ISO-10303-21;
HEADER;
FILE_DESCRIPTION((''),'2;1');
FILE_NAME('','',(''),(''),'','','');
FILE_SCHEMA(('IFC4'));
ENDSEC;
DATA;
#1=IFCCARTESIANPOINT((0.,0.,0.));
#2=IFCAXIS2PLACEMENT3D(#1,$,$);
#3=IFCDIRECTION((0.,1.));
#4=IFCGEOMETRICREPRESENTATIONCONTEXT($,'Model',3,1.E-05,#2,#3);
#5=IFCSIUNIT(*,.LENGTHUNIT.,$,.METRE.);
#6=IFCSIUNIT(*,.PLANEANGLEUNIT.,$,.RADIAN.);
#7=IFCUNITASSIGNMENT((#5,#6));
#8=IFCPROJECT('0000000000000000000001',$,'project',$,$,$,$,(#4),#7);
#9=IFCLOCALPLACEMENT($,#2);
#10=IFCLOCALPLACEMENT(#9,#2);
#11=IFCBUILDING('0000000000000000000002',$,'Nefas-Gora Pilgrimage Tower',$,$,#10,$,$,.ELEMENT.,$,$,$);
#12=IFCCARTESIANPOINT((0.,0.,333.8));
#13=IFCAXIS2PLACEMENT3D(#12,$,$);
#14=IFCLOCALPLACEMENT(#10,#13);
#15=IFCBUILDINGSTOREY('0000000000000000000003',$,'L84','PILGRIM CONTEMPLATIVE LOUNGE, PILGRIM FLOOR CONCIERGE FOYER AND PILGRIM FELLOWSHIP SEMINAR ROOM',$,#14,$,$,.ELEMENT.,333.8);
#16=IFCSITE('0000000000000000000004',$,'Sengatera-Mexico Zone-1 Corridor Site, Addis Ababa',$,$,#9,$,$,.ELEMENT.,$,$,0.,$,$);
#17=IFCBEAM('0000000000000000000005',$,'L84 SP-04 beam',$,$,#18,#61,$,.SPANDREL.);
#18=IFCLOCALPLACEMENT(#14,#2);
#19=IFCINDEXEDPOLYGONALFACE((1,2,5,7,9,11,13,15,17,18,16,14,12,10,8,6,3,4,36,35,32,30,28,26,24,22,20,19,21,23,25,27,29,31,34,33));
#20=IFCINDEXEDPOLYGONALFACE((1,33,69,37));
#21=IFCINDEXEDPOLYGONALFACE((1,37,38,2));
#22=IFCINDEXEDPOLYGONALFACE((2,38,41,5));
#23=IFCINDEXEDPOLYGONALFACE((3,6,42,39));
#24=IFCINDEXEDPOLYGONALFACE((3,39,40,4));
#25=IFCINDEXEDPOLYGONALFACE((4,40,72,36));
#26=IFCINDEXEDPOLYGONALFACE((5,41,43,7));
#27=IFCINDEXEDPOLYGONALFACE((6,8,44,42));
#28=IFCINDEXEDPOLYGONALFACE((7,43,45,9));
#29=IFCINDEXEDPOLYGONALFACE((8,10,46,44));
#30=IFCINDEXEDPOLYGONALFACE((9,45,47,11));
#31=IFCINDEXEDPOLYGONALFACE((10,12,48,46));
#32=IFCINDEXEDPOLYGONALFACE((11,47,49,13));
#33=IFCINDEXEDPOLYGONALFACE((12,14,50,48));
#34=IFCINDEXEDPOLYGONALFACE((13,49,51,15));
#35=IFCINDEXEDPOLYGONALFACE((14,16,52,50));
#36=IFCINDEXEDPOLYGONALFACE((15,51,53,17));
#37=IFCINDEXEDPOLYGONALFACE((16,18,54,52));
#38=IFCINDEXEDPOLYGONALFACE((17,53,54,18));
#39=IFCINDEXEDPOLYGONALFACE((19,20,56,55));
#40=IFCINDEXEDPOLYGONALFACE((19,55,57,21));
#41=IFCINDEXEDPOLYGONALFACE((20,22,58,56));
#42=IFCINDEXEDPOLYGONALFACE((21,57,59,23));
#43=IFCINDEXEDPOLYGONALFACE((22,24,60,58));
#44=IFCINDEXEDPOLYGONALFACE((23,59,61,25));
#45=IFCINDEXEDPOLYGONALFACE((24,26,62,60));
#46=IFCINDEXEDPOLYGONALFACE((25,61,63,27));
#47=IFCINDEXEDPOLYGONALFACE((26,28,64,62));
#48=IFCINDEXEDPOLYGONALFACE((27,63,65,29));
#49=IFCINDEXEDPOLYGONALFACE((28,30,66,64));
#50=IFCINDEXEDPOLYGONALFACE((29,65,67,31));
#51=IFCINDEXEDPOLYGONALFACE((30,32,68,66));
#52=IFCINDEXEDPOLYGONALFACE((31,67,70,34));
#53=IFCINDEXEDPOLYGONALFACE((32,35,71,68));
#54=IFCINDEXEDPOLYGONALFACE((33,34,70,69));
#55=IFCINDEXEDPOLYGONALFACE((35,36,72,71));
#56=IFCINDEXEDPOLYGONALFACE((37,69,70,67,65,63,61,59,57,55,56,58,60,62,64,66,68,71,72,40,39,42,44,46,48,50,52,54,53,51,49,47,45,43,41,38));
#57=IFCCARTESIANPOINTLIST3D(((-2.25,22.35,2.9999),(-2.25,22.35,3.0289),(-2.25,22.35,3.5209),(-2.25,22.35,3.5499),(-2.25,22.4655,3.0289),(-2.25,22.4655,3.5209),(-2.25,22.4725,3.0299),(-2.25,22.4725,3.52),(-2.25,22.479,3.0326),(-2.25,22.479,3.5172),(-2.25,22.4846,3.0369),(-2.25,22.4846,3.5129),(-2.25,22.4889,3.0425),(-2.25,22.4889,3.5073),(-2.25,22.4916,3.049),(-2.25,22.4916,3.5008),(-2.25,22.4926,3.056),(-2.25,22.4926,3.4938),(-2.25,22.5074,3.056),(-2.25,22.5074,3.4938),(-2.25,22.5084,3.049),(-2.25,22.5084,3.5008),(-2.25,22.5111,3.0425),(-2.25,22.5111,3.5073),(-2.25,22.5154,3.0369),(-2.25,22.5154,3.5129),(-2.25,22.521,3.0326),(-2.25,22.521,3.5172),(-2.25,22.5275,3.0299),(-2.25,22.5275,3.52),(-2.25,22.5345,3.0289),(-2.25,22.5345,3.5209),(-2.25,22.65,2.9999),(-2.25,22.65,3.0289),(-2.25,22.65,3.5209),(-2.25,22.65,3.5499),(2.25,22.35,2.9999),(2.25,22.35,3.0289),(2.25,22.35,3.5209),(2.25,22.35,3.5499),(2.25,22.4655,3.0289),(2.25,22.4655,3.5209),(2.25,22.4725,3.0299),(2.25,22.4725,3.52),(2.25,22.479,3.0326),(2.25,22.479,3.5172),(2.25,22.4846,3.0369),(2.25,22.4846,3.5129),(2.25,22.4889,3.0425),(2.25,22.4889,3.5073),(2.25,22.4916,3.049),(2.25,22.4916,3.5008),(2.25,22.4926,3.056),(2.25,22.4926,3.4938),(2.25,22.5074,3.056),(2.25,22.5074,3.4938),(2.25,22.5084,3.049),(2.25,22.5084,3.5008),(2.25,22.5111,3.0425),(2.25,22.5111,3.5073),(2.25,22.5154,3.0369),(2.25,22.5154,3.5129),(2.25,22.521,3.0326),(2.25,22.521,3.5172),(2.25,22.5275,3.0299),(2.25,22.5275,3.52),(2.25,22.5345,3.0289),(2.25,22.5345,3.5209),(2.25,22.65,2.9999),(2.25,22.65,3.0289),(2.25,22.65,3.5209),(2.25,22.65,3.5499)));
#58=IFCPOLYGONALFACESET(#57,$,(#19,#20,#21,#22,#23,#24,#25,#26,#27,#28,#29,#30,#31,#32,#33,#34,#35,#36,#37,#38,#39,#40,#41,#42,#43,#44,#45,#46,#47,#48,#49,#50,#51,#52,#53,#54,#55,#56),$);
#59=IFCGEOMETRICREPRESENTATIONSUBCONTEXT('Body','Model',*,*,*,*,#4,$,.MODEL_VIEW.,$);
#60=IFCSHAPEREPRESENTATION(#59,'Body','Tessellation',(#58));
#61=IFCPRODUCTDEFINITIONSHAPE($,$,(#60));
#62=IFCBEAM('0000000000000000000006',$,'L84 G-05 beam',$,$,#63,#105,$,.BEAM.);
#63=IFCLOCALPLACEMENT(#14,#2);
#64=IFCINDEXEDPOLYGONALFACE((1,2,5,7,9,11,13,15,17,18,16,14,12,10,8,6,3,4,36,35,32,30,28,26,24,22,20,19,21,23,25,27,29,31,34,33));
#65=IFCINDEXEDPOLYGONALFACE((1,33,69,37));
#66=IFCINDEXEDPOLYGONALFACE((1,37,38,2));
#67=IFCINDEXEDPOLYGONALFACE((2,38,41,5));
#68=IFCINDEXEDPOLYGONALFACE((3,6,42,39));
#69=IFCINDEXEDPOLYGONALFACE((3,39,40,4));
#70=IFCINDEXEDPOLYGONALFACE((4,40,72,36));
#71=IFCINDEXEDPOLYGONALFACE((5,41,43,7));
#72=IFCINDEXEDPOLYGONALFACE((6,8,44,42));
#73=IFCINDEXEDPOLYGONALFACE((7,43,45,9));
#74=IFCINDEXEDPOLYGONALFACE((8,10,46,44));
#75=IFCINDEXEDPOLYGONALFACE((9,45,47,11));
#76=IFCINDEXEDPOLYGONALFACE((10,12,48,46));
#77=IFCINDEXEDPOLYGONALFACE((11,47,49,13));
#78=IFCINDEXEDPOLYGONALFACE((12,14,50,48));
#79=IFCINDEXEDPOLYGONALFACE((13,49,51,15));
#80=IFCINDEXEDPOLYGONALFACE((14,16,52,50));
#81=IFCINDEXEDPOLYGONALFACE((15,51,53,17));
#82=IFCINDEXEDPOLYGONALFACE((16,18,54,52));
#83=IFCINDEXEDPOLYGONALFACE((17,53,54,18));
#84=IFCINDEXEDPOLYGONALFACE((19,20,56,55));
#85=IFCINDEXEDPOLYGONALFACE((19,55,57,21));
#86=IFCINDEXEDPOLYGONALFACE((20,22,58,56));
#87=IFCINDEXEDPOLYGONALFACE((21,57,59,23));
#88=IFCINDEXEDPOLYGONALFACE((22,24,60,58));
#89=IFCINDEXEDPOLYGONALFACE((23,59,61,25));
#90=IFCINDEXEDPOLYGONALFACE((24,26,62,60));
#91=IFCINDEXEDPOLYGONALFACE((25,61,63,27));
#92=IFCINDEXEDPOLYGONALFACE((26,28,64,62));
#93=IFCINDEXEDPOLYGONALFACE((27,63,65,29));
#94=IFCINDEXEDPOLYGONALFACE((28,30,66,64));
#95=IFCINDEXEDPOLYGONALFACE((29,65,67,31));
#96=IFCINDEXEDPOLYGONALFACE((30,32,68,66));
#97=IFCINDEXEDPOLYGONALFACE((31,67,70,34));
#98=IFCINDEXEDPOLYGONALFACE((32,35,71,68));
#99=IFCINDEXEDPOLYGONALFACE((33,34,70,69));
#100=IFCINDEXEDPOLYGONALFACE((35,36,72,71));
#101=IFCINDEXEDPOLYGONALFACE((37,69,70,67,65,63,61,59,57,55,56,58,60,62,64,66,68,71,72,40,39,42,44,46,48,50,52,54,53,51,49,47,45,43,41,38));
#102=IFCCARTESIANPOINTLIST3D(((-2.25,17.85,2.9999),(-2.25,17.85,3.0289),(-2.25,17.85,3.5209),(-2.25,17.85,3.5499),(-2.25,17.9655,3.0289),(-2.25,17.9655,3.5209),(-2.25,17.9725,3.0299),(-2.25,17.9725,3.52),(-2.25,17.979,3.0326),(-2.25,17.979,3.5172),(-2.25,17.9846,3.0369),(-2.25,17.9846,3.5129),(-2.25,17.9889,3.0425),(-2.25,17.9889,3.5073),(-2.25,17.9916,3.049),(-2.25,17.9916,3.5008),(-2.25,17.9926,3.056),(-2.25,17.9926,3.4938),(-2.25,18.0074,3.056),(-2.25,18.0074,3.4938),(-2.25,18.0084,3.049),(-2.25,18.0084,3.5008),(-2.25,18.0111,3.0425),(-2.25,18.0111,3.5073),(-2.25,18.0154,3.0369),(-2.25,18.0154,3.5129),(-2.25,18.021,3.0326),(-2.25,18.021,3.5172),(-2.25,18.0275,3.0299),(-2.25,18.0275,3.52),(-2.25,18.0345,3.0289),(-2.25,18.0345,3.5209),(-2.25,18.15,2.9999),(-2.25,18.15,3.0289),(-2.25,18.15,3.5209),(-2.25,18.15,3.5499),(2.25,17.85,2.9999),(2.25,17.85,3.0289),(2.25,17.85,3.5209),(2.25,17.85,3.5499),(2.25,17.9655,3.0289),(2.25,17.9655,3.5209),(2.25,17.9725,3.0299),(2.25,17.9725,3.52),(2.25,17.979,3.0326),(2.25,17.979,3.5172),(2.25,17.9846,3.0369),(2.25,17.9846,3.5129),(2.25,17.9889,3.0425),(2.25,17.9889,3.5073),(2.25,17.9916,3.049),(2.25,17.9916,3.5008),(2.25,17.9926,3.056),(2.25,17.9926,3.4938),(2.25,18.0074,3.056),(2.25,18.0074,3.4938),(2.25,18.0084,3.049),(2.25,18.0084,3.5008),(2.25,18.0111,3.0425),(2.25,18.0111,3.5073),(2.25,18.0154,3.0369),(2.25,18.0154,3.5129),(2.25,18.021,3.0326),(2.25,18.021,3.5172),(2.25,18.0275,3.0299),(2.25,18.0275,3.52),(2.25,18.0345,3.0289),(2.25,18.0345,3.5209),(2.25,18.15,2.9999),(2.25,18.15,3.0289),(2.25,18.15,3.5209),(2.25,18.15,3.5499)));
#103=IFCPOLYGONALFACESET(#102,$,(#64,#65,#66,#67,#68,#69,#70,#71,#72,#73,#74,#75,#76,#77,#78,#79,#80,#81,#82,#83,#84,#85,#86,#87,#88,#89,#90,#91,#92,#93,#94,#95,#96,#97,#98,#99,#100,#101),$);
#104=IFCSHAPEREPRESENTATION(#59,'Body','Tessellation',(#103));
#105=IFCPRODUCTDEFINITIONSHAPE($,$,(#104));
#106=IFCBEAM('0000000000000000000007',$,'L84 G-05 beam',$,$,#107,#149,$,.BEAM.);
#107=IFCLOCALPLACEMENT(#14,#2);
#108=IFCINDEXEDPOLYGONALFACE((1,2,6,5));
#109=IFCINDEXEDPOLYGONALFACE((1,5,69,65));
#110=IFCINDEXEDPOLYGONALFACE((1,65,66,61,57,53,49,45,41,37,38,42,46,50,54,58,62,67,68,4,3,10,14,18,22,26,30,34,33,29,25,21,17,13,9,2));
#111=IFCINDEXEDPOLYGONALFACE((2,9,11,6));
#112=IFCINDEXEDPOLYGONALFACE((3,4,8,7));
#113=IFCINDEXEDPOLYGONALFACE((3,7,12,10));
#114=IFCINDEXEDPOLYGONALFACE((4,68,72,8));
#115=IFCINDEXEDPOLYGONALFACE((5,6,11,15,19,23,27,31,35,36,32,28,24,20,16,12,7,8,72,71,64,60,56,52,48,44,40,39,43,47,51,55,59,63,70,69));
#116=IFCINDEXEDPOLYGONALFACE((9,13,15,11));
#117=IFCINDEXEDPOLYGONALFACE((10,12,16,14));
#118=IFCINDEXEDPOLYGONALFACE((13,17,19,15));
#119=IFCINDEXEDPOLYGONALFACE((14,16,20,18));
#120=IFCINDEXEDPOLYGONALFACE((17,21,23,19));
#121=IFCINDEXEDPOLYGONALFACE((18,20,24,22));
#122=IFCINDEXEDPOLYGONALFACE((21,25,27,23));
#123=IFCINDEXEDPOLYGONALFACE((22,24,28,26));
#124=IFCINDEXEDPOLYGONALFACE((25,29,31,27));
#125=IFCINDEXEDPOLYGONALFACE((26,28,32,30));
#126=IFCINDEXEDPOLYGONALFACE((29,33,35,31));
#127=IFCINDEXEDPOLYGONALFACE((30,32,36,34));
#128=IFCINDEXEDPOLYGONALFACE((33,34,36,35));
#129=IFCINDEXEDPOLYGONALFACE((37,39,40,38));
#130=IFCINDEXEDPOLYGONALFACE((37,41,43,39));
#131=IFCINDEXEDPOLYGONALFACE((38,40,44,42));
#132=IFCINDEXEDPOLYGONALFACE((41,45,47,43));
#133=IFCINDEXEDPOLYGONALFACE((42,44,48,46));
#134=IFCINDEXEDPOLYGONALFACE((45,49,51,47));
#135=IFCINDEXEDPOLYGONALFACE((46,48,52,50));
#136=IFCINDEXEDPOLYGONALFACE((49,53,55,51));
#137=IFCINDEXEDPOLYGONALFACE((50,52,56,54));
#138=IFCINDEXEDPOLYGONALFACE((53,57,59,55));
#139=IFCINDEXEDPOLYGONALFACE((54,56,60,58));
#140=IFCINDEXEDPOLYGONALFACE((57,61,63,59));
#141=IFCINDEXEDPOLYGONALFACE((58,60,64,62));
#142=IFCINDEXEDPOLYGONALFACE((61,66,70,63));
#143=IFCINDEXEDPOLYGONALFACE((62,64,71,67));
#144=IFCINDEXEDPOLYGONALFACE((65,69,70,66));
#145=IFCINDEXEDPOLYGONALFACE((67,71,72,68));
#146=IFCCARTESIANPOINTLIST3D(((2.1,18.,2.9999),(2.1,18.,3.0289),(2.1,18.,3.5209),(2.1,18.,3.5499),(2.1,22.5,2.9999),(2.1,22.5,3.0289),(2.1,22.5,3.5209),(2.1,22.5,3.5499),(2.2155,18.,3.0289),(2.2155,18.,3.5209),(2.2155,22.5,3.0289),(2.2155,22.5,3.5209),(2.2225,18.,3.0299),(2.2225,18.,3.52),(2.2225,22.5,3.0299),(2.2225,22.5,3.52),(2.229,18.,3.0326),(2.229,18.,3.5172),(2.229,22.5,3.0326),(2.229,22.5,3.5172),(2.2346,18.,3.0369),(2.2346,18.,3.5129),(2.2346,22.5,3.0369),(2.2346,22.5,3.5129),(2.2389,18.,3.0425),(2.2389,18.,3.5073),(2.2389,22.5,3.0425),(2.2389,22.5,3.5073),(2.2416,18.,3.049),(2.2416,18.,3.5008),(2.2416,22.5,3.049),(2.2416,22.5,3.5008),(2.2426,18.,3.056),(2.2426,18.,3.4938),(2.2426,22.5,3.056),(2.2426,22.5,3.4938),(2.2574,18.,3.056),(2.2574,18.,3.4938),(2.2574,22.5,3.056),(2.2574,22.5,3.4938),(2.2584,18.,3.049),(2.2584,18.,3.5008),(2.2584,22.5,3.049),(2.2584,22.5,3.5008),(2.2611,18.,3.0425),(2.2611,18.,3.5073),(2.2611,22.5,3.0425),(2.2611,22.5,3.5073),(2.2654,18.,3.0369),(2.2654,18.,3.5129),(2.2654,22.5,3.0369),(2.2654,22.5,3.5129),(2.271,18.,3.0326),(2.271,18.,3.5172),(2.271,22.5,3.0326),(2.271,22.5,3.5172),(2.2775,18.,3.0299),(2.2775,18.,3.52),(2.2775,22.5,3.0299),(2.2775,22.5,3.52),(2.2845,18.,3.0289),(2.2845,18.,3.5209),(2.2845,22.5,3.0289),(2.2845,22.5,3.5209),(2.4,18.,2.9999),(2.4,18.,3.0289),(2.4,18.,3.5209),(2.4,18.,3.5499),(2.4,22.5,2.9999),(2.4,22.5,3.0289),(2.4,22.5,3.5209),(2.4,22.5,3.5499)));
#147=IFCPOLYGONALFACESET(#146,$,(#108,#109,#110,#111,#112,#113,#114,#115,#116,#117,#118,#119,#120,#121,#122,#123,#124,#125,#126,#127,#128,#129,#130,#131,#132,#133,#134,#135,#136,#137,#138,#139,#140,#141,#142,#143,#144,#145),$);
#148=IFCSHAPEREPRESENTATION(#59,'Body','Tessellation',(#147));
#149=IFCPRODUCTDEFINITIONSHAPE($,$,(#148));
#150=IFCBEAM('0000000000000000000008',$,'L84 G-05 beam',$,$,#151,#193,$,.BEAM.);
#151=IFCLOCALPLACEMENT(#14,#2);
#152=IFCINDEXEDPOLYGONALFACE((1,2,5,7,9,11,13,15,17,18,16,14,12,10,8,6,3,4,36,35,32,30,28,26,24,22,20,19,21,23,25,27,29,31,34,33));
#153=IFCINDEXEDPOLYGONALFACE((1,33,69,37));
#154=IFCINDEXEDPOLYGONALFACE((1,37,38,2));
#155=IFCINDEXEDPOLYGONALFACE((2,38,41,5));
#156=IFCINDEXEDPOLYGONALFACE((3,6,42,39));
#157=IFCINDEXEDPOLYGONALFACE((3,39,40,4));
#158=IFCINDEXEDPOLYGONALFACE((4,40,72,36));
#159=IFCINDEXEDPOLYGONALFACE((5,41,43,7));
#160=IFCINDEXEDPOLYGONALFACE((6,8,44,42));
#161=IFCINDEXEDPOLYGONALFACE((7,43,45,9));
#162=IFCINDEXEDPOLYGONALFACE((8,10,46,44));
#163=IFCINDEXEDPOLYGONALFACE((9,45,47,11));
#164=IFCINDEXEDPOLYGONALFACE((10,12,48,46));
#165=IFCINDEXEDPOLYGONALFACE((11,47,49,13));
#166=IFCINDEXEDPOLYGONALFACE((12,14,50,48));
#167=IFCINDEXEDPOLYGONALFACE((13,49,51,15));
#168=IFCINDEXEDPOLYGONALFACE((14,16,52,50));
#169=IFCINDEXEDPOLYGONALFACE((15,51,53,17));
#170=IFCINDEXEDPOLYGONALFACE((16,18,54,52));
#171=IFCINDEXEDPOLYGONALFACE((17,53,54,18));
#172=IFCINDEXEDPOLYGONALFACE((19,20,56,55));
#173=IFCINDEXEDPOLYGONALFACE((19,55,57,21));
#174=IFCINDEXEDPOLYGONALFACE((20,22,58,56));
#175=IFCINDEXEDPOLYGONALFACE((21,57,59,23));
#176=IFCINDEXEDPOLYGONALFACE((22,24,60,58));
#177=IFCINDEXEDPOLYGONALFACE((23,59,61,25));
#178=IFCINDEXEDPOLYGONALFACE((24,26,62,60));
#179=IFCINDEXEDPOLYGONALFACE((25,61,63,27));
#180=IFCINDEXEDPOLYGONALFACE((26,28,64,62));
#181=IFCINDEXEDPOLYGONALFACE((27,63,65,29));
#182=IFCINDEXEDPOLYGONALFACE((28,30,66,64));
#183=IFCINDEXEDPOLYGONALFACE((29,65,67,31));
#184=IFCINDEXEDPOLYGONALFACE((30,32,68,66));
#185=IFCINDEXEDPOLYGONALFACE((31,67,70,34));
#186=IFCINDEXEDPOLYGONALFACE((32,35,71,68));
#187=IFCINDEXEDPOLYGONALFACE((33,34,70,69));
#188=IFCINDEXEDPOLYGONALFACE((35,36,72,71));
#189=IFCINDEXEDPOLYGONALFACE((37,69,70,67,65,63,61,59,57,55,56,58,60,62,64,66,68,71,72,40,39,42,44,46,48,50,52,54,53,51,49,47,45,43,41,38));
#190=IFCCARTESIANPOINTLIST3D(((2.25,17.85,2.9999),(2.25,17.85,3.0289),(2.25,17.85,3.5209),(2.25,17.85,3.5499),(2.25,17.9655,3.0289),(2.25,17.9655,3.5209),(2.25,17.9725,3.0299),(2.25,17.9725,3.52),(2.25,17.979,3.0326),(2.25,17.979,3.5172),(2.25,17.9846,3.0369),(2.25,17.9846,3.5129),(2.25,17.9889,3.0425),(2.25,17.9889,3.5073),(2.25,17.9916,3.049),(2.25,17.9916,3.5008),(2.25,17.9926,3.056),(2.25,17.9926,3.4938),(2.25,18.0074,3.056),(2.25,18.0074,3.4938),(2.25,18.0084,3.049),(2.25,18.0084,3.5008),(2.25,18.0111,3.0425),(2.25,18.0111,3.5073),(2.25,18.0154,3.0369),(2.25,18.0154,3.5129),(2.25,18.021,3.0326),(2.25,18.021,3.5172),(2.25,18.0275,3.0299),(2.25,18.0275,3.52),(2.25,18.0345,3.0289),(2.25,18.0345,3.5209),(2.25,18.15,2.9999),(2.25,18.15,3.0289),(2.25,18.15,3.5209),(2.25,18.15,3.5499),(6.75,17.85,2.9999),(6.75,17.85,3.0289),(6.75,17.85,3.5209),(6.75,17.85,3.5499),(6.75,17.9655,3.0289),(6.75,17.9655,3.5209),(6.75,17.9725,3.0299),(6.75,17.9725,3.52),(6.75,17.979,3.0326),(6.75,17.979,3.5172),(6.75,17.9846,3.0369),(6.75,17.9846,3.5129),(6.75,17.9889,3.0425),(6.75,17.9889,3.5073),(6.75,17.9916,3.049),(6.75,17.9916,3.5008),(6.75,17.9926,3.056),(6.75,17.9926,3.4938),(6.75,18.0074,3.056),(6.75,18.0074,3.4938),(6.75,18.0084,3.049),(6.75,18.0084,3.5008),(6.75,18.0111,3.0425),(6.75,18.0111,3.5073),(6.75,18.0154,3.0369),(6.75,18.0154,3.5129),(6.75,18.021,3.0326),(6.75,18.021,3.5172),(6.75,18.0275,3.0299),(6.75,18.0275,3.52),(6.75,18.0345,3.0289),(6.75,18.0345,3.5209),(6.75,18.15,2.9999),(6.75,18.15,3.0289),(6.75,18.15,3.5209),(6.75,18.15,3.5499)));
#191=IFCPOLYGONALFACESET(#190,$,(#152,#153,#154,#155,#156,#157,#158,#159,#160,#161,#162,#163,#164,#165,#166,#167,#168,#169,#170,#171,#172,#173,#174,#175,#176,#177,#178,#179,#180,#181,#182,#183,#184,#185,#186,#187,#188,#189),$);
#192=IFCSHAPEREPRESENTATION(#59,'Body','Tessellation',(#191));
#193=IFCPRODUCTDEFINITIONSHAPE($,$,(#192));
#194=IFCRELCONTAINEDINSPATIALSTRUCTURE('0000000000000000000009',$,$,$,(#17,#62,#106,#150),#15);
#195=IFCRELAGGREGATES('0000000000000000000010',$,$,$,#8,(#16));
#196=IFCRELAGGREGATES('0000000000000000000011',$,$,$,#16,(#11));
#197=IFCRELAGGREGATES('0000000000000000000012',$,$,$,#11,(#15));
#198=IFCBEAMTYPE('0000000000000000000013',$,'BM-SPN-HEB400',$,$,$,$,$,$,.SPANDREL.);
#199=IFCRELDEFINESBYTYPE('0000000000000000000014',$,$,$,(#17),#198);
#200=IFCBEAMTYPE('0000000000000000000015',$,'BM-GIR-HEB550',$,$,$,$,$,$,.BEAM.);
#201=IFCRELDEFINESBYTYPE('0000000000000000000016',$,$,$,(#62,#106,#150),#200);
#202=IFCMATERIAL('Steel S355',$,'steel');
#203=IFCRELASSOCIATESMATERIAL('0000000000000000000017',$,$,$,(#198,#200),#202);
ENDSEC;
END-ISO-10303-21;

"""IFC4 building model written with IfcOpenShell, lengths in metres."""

from ifc_helpers import new_model, si_unit, direction, frame, origin, origin_2d, place, context, subcontext, project, spatial, i_section, extrude, source, transform, mapped, material, material_profile, profile_set, type_object, element, save


model = new_model("IFC4")

# Units and contexts
model_context = context("Model", 3, precision=1e-05, world=origin(), true_north=direction((0.0, 1.0)))
body_context = subcontext(model_context, "Body", "Model", "MODEL_VIEW")
ifc_project = project(units=[si_unit("LENGTHUNIT", "METRE"), si_unit("PLANEANGLEUNIT", "RADIAN")], contexts=[model_context])

# Site, building, storey
site_placement = place(None, origin())
site = spatial("IfcSite", under=ifc_project, at=site_placement, Name="Sengatera-Mexico Zone-1 Corridor Site, Addis Ababa", CompositionType="ELEMENT", RefElevation=0.0)
building_placement = place(site_placement, origin())
building = spatial("IfcBuilding", under=site, at=building_placement, Name="Nefas-Gora Pilgrimage Tower", CompositionType="ELEMENT")
storey_placement = place(building_placement, frame((0.0, 0.0, 333.8)))
storey = spatial("IfcBuildingStorey", under=building, at=storey_placement, Name="L84", Description="PILGRIM CONTEMPLATIVE LOUNGE, PILGRIM FLOOR CONCIERGE FOYER AND PILGRIM FELLOWSHIP SEMINAR ROOM", CompositionType="ELEMENT", Elevation=333.8)

# Shared definitions
ifc_material_1 = material(Name="Steel S355", Category="steel")

# Beams
ifc_material_profile_1 = material_profile(ifc_material_1, i_section(OverallWidth=0.3, OverallDepth=0.55, WebThickness=0.0149, FlangeThickness=0.0291, FilletRadius=0.0271, at=origin_2d()), Name="HEB 550")
ifc_profile_set_1 = profile_set([ifc_material_profile_1], Name="Steel S355")
beam_type_1 = type_object("IfcBeamType", Name="BM-SPN-HEB400", PredefinedType="SPANDREL", material=ifc_profile_set_1)
shared_shape_1 = source(origin(), body_context, "Body", "SweptSolid", [
    extrude(i_section(OverallWidth=0.3, OverallDepth=0.55, WebThickness=0.0149, FlangeThickness=0.0291, FilletRadius=0.0271, at=origin_2d()), origin(), (0.0, 0.0, 1.0), 4.5),
])
beam_1_placement = place(storey_placement, frame((-2.25, 22.5, 3.2749), z_axis=(1.0, 0.0, 0.0), x_axis=(0.0, 1.0, 0.0)))
element("IfcBeam", 1, at=beam_1_placement, inside=storey, type_object=beam_type_1, Name="L84 SP-04 beam", PredefinedType="SPANDREL", context=body_context, shape_type="MappedRepresentation", body=[
    mapped(shared_shape_1, transform((0.0, 0.0, 0.0), x_axis=(1.0, 0.0, 0.0), y_axis=(0.0, 1.0, 0.0), z_axis=(0.0, 0.0, 1.0), scale=1.0)),
])
ifc_material_profile_2 = material_profile(ifc_material_1, i_section(OverallWidth=0.3, OverallDepth=0.55, WebThickness=0.0149, FlangeThickness=0.0291, FilletRadius=0.0271, at=origin_2d()), Name="HEB 550")
ifc_profile_set_2 = profile_set([ifc_material_profile_2], Name="Steel S355")
beam_type_2 = type_object("IfcBeamType", Name="BM-GIR-HEB550", PredefinedType="BEAM", material=ifc_profile_set_2)
shared_shape_2 = source(origin(), body_context, "Body", "SweptSolid", [
    extrude(i_section(OverallWidth=0.3, OverallDepth=0.55, WebThickness=0.0149, FlangeThickness=0.0291, FilletRadius=0.0271, at=origin_2d()), origin(), (0.0, 0.0, 1.0), 4.5),
])
for number, where, z_axis, x_axis, name in (
    (2, (-2.25, 18.0, 3.2749), (1.0, 0.0, 0.0), (0.0, 1.0, 0.0), "L84 G-05 beam"),
    (3, (2.25, 18.0, 3.2749), (0.0, 1.0, 0.0), (-1.0, 0.0, 0.0), "L84 G-05 beam"),
    (4, (2.25, 18.0, 3.2749), (1.0, 0.0, 0.0), (0.0, 1.0, 0.0), "L84 G-05 beam"),
):
    element("IfcBeam", number, at=place(storey_placement, frame(where, z_axis=z_axis, x_axis=x_axis)), inside=storey, type_object=beam_type_2, Name=name, PredefinedType="BEAM", context=body_context, shape_type="MappedRepresentation", body=[
        mapped(shared_shape_2, transform((0.0, 0.0, 0.0), x_axis=(1.0, 0.0, 0.0), y_axis=(0.0, 1.0, 0.0), z_axis=(0.0, 0.0, 1.0), scale=1.0)),
    ])

save(model, "model.ifc")
